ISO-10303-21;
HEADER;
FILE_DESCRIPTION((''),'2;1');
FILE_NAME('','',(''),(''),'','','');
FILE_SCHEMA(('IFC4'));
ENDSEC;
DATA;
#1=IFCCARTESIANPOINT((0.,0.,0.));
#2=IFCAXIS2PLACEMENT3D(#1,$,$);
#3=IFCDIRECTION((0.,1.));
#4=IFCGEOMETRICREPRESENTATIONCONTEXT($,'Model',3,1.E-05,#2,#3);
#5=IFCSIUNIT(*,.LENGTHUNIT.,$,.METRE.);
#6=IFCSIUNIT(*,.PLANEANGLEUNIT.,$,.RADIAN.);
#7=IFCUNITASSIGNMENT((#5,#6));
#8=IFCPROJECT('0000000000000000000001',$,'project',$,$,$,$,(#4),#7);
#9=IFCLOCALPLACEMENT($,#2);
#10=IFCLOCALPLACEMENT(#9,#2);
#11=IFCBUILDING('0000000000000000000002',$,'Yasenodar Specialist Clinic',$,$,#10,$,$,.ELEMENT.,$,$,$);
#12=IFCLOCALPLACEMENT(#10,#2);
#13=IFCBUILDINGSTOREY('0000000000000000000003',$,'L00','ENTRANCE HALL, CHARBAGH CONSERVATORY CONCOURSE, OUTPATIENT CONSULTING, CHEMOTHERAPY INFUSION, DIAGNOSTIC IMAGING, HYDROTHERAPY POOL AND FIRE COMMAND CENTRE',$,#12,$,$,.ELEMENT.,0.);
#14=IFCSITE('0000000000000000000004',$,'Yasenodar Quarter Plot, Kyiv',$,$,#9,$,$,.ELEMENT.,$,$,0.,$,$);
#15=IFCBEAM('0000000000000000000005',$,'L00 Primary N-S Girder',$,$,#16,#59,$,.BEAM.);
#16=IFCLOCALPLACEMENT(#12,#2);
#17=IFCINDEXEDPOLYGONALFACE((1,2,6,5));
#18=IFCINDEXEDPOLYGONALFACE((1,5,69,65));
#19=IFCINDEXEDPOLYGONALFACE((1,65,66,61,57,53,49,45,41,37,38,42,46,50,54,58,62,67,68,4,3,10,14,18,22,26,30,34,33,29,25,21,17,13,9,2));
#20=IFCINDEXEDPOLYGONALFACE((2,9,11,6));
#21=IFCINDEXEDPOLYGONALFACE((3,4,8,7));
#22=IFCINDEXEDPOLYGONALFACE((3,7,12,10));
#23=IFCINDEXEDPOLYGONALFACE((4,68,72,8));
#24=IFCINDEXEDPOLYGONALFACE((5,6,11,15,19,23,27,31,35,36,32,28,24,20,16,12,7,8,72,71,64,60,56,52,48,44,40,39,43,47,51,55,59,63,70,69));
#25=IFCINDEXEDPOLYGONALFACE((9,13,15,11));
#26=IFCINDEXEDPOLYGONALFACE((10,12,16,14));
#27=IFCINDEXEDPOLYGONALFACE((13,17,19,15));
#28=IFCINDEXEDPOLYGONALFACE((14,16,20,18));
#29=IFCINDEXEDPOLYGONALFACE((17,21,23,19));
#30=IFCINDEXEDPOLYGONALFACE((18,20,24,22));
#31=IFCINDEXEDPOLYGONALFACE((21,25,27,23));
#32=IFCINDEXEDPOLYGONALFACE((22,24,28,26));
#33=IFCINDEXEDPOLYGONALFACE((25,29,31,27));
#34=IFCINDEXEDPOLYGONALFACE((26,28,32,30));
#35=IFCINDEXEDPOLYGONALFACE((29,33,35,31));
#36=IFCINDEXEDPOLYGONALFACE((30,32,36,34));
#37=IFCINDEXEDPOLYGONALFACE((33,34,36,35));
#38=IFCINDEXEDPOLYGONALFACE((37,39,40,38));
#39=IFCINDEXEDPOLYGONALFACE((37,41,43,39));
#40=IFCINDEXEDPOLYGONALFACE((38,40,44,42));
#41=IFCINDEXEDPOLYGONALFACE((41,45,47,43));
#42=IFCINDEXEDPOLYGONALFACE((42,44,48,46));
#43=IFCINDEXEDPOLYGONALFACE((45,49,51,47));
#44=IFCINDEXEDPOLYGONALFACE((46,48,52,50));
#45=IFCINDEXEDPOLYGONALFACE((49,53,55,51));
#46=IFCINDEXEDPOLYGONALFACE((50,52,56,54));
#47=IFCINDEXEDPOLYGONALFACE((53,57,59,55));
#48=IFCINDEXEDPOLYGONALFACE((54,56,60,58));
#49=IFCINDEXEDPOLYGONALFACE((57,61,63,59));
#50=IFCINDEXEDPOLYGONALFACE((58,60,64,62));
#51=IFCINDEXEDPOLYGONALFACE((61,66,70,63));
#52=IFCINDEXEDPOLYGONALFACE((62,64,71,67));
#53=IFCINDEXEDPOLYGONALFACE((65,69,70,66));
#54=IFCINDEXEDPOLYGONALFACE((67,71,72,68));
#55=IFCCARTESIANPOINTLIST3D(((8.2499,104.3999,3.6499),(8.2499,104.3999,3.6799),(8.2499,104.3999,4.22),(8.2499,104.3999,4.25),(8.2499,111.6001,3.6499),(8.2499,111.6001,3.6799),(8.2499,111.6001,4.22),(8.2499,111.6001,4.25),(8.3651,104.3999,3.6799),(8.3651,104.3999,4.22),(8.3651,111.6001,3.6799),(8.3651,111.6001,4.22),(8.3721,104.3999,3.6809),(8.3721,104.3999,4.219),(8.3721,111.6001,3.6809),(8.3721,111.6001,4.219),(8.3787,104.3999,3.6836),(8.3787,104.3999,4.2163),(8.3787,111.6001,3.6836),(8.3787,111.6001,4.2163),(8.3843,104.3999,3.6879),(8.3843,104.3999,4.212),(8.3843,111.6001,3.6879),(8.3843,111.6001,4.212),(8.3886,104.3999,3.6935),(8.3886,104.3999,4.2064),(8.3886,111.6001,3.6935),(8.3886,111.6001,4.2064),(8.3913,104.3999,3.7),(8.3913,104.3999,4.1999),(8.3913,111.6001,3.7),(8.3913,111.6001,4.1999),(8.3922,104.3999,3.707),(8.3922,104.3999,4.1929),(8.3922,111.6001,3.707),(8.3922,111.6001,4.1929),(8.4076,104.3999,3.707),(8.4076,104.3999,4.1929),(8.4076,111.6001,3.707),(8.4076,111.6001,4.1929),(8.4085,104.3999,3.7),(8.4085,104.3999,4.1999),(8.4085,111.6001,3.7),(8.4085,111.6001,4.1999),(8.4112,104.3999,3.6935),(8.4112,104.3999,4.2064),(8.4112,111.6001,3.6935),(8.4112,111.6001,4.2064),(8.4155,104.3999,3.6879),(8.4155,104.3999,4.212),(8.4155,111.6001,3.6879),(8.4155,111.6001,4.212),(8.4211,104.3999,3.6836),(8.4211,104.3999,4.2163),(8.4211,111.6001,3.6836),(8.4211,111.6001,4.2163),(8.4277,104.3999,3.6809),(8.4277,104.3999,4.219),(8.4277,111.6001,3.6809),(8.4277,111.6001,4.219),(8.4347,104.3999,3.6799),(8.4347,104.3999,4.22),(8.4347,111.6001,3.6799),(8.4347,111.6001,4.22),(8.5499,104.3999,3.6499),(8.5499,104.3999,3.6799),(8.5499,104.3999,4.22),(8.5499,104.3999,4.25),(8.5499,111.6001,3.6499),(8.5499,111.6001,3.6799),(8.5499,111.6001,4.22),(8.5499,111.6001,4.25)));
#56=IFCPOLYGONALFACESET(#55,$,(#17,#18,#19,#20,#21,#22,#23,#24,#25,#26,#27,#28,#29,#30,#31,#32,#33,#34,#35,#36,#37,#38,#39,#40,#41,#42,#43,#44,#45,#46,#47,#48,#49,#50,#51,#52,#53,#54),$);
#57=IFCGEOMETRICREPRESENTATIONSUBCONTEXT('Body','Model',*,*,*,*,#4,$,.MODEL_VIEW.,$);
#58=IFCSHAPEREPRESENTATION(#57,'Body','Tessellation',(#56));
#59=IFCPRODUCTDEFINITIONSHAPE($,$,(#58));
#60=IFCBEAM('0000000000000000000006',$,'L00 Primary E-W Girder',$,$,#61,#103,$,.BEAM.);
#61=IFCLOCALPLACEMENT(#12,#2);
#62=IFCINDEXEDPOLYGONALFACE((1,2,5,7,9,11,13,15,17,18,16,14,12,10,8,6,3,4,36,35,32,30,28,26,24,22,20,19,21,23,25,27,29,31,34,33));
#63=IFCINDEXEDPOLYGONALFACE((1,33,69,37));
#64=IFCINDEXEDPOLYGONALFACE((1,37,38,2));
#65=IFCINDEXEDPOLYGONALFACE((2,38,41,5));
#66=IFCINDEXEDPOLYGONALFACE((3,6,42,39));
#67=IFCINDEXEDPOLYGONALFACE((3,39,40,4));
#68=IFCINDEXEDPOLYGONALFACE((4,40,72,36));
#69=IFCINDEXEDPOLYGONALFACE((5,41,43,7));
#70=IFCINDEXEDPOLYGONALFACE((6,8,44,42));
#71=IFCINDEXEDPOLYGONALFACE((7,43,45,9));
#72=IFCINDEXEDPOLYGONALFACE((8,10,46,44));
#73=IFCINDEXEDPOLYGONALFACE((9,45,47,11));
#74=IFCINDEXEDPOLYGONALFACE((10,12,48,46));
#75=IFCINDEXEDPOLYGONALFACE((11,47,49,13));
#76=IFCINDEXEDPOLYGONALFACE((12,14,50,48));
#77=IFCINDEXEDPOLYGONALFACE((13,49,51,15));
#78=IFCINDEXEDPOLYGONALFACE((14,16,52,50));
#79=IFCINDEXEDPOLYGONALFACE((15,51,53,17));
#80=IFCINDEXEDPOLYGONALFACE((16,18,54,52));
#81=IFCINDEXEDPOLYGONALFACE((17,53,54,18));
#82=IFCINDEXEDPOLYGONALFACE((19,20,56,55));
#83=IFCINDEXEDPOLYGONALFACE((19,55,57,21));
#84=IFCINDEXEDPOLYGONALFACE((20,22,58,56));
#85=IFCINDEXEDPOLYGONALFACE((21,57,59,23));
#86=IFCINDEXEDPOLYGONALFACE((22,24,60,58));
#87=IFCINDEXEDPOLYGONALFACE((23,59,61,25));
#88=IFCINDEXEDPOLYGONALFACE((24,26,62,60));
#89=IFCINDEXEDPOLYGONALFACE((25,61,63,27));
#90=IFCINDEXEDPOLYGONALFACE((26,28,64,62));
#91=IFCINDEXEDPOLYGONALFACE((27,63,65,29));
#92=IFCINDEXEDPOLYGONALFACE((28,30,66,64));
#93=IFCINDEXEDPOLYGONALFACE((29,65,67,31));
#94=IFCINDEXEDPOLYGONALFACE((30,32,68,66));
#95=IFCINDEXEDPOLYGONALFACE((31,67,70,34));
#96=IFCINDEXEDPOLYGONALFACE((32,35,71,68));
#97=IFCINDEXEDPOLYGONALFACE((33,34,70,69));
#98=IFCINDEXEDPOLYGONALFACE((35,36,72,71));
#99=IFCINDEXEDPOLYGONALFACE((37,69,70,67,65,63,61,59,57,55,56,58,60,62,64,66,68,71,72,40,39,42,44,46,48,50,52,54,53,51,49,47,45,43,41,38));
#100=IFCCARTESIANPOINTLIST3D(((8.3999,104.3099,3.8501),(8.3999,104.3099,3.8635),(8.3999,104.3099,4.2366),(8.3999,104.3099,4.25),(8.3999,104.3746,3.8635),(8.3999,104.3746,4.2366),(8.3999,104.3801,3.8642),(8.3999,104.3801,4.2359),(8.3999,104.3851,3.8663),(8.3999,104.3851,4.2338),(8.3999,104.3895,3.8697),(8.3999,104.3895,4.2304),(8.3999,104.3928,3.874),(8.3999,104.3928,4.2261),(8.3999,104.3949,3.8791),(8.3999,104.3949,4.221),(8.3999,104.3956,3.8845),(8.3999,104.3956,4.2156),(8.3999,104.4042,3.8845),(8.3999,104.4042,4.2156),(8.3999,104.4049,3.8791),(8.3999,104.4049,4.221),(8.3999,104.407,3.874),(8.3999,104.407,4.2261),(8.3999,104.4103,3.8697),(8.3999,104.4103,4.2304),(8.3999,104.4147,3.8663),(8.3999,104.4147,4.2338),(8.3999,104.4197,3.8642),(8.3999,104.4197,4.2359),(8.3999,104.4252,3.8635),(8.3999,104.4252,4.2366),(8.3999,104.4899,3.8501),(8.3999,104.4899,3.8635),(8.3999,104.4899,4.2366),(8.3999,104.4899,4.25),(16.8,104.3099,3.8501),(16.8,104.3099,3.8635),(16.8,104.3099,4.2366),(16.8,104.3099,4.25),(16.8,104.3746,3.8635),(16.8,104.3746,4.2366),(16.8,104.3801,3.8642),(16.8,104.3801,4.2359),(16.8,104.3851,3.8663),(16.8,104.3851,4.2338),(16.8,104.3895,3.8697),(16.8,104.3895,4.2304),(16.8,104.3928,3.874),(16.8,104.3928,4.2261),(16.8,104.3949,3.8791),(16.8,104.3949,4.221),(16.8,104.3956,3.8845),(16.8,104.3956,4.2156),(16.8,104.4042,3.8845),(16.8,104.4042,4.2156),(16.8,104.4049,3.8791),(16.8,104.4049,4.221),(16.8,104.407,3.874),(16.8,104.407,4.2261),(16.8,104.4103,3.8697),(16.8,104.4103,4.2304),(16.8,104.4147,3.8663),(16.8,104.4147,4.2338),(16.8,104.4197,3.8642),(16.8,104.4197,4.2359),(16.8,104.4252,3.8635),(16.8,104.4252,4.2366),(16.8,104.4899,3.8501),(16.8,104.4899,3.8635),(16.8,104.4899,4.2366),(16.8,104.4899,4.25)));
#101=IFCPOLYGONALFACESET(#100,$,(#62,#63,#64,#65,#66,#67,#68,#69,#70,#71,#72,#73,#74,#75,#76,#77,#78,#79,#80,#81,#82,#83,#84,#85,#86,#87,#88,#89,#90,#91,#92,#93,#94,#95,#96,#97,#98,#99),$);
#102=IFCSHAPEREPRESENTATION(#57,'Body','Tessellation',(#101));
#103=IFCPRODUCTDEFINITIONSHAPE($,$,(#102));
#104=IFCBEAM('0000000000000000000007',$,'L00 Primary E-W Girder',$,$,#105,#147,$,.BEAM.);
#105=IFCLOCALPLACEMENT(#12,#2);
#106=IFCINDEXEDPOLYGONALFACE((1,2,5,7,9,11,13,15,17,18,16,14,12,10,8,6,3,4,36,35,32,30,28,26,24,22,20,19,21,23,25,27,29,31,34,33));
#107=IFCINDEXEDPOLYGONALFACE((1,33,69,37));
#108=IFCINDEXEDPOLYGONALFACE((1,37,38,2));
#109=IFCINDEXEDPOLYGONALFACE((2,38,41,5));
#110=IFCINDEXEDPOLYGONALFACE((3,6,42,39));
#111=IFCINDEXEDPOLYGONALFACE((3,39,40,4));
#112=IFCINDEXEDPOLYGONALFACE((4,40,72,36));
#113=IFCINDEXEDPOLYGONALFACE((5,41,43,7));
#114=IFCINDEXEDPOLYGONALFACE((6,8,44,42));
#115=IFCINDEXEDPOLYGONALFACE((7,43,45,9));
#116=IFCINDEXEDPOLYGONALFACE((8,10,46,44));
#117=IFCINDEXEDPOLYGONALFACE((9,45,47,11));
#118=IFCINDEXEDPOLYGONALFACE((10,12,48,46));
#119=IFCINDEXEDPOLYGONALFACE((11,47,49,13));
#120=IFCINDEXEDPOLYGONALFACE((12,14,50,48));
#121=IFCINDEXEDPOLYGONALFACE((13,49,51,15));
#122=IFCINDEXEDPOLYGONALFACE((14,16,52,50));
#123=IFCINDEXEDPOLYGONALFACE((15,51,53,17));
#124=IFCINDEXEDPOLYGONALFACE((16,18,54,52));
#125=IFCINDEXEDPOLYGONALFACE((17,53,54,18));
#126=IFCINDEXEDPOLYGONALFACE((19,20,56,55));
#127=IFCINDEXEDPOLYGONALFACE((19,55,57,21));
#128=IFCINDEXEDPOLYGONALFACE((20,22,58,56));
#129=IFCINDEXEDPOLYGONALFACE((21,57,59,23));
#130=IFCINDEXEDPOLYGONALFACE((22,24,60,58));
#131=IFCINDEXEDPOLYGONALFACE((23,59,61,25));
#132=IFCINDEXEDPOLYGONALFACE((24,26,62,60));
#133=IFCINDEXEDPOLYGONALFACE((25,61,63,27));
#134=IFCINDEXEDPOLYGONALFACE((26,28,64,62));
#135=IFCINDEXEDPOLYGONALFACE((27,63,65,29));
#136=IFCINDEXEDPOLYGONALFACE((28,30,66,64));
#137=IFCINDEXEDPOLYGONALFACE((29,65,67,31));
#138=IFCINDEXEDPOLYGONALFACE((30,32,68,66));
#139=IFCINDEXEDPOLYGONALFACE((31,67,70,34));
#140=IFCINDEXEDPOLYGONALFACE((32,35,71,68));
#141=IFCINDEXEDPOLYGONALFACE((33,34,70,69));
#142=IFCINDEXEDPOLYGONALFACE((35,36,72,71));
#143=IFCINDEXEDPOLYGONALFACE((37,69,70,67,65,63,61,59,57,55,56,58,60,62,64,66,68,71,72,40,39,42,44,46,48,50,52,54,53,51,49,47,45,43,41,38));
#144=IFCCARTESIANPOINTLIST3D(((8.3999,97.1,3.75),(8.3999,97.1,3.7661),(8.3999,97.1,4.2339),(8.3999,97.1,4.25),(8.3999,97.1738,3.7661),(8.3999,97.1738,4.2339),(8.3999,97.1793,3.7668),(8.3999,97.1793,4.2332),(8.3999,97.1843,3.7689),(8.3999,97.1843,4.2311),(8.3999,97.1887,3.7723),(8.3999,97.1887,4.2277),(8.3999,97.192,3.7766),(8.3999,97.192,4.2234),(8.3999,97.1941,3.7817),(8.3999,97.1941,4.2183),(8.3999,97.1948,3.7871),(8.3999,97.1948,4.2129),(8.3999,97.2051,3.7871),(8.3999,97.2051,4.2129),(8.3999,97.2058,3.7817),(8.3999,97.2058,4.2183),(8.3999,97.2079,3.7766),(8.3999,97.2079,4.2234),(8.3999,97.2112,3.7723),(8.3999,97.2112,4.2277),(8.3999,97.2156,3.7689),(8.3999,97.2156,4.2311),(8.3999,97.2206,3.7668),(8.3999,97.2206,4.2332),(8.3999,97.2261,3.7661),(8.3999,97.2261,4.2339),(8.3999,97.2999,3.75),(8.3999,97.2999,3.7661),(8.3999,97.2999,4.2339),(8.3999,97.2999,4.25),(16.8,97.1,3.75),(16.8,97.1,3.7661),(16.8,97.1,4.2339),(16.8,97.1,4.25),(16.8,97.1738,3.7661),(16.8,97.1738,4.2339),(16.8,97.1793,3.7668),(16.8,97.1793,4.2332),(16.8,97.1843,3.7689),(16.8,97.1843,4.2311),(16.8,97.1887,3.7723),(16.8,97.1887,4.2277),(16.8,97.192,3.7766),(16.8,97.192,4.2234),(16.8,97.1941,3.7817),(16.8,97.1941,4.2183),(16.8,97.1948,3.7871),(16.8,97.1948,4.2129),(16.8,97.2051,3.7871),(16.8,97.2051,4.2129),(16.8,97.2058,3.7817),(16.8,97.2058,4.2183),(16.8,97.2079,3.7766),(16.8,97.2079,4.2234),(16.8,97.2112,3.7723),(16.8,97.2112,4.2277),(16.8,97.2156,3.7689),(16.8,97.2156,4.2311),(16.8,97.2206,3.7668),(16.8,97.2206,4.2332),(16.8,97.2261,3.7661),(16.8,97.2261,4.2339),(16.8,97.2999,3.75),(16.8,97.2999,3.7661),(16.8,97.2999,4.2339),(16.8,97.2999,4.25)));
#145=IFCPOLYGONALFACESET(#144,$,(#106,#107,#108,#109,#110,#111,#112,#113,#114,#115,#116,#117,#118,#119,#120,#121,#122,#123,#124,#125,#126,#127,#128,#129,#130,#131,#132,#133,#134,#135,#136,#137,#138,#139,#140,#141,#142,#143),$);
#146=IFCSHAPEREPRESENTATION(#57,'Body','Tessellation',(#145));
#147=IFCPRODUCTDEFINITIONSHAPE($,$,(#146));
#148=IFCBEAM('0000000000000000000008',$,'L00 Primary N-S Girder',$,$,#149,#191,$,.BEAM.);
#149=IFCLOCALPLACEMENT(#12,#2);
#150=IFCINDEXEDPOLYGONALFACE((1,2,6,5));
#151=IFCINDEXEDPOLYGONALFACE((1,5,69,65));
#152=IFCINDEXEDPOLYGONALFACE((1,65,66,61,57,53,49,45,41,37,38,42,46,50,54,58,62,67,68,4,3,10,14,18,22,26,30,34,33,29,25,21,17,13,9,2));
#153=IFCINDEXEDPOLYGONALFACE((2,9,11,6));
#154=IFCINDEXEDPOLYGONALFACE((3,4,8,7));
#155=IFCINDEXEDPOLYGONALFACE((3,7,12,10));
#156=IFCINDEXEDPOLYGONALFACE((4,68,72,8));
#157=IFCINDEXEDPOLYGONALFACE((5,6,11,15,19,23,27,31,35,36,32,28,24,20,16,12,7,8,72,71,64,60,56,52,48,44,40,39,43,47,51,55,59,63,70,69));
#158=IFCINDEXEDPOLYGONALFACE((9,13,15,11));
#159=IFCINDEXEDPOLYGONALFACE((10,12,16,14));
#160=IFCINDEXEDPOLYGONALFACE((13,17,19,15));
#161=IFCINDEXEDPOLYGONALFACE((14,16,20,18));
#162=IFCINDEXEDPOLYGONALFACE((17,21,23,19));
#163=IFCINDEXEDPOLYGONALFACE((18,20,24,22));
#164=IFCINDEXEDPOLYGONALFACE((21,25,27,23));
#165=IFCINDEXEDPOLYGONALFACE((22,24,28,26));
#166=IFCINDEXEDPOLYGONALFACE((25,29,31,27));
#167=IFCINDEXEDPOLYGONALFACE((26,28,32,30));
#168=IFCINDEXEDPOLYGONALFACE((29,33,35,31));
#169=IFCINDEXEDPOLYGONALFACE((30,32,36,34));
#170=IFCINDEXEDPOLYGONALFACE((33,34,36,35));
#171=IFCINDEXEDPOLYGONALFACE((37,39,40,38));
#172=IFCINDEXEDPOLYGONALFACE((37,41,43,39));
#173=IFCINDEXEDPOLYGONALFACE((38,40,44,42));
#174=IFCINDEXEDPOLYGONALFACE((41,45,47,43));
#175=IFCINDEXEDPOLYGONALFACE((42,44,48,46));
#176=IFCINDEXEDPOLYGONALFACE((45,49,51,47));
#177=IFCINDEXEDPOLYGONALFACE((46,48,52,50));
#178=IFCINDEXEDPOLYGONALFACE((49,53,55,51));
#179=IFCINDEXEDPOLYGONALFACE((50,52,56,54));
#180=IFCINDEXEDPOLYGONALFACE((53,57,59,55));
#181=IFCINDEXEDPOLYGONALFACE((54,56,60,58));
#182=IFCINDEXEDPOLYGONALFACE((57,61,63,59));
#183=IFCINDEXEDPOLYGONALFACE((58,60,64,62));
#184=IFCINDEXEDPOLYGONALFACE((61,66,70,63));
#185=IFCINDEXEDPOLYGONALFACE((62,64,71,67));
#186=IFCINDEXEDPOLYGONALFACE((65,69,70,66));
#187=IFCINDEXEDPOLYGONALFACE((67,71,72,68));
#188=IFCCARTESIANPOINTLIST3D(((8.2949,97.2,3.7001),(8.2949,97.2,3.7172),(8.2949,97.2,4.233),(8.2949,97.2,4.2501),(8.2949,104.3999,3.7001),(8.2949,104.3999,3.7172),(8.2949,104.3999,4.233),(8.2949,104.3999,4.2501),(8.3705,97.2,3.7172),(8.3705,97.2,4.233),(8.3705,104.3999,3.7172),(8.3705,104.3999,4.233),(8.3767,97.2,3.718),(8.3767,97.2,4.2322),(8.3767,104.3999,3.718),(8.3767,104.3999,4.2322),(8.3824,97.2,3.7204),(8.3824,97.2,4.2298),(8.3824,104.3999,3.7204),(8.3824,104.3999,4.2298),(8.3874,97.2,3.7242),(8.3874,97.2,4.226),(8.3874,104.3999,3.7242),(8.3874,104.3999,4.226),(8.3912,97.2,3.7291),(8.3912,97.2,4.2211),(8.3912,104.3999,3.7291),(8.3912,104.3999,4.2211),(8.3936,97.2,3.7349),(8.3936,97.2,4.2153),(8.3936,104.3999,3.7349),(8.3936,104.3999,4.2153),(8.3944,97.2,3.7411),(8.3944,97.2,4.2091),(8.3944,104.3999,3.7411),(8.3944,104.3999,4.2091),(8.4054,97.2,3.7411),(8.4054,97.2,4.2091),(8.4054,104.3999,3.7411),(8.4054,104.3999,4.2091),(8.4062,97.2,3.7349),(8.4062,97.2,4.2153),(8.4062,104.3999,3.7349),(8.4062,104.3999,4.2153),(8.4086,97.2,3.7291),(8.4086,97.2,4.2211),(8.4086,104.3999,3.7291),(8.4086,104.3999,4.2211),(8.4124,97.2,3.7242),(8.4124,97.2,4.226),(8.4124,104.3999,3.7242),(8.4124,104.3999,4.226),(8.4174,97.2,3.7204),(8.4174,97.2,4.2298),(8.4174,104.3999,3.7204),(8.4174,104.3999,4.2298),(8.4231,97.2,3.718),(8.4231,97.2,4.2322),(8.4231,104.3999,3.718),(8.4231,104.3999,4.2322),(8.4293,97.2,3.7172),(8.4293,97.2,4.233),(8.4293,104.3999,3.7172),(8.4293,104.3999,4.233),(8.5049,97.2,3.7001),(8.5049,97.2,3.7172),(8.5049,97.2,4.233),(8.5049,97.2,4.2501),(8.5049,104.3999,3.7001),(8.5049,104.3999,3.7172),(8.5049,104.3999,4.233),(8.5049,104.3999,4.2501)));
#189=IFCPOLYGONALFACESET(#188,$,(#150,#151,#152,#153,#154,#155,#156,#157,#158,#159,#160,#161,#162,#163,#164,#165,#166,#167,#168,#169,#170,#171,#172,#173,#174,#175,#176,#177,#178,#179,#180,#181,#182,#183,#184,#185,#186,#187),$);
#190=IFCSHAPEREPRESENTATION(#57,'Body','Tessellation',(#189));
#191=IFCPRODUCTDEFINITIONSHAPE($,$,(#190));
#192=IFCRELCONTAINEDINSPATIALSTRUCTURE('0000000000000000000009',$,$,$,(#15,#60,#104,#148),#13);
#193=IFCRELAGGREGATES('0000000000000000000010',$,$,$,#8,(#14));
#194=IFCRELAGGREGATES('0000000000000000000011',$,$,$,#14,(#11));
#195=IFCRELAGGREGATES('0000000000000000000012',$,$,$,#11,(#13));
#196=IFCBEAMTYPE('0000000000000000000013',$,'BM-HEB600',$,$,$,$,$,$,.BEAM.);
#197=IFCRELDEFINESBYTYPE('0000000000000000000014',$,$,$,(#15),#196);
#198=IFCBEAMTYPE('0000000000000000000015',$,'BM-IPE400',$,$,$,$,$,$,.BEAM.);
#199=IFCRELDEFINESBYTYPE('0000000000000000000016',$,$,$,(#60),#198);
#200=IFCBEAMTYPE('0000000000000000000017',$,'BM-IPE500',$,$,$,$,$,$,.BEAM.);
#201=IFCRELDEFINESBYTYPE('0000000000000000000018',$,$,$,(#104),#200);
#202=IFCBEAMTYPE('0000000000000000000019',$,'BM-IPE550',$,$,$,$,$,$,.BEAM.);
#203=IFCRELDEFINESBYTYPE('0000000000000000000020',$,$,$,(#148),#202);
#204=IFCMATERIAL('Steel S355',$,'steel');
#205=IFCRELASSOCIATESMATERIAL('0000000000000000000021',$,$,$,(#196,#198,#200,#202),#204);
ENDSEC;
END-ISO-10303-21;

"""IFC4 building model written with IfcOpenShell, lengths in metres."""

from ifc_helpers import new_model, si_unit, direction, frame, origin, origin_2d, place, context, subcontext, project, spatial, i_section, extrude, material, material_profile, profile_set, type_object, element, save


model = new_model("IFC4")

# Units and contexts
model_context = context("Model", 3, precision=1e-05, world=origin(), true_north=direction((0.0, 1.0)))
body_context = subcontext(model_context, "Body", "Model", "MODEL_VIEW")
ifc_project = project(units=[si_unit("LENGTHUNIT", "METRE"), si_unit("PLANEANGLEUNIT", "RADIAN")], contexts=[model_context])

# Site, building, storey
site_placement = place(None, origin())
site = spatial("IfcSite", under=ifc_project, at=site_placement, Name="Yasenodar Quarter Plot, Kyiv", CompositionType="ELEMENT", RefElevation=0.0)
building_placement = place(site_placement, origin())
building = spatial("IfcBuilding", under=site, at=building_placement, Name="Yasenodar Specialist Clinic", CompositionType="ELEMENT")
storey_placement = place(building_placement, origin())
storey = spatial("IfcBuildingStorey", under=building, at=storey_placement, Name="L00", Description="ENTRANCE HALL, CHARBAGH CONSERVATORY CONCOURSE, OUTPATIENT CONSULTING, CHEMOTHERAPY INFUSION, DIAGNOSTIC IMAGING, HYDROTHERAPY POOL AND FIRE COMMAND CENTRE", CompositionType="ELEMENT", Elevation=0.0)

# Shared definitions
ifc_material_1 = material(Name="Steel S355", Category="steel")

# Beams
ifc_material_profile_1 = material_profile(ifc_material_1, i_section(OverallWidth=0.3, OverallDepth=0.6001, WebThickness=0.0154, FlangeThickness=0.03, FilletRadius=0.0271, at=origin_2d()), Name="HEB 600")
ifc_profile_set_1 = profile_set([ifc_material_profile_1], Name="Steel S355")
beam_type_1 = type_object("IfcBeamType", Name="BM-HEB600", PredefinedType="BEAM", material=ifc_profile_set_1)
beam_1_placement = place(storey_placement, frame((8.3999, 104.3999, 3.95), z_axis=(0.0, 1.0, 0.0), x_axis=(-1.0, 0.0, 0.0)))
element("IfcBeam", 1, at=beam_1_placement, inside=storey, type_object=beam_type_1, Name="L00 Primary N-S Girder", PredefinedType="BEAM", context=body_context, shape_type="SweptSolid", body=[
    extrude(i_section(OverallWidth=0.3, OverallDepth=0.6001, WebThickness=0.0154, FlangeThickness=0.03, FilletRadius=0.0271, at=origin_2d()), origin(), (0.0, 0.0, 1.0), 7.2002),
])
ifc_material_profile_2 = material_profile(ifc_material_1, i_section(OverallWidth=0.1799, OverallDepth=0.3999, WebThickness=0.0085, FlangeThickness=0.0134, FilletRadius=0.021, at=origin_2d()), Name="IPE 400")
ifc_profile_set_2 = profile_set([ifc_material_profile_2], Name="Steel S355")
beam_type_2 = type_object("IfcBeamType", Name="BM-IPE400", PredefinedType="BEAM", material=ifc_profile_set_2)
beam_2_placement = place(storey_placement, frame((8.3999, 104.3999, 4.05), z_axis=(1.0, 0.0, 0.0), x_axis=(0.0, 1.0, 0.0)))
element("IfcBeam", 2, at=beam_2_placement, inside=storey, type_object=beam_type_2, Name="L00 Primary E-W Girder", PredefinedType="BEAM", context=body_context, shape_type="SweptSolid", body=[
    extrude(i_section(OverallWidth=0.1799, OverallDepth=0.3999, WebThickness=0.0085, FlangeThickness=0.0134, FilletRadius=0.021, at=origin_2d()), origin(), (0.0, 0.0, 1.0), 8.4001),
])
ifc_material_profile_3 = material_profile(ifc_material_1, i_section(OverallWidth=0.2, OverallDepth=0.5, WebThickness=0.0103, FlangeThickness=0.0161, FilletRadius=0.021, at=origin_2d()), Name="IPE 500")
ifc_profile_set_3 = profile_set([ifc_material_profile_3], Name="Steel S355")
beam_type_3 = type_object("IfcBeamType", Name="BM-IPE500", PredefinedType="BEAM", material=ifc_profile_set_3)
beam_3_placement = place(storey_placement, frame((8.3999, 97.2, 4.0), z_axis=(1.0, 0.0, 0.0), x_axis=(0.0, 1.0, 0.0)))
element("IfcBeam", 3, at=beam_3_placement, inside=storey, type_object=beam_type_3, Name="L00 Primary E-W Girder", PredefinedType="BEAM", context=body_context, shape_type="SweptSolid", body=[
    extrude(i_section(OverallWidth=0.2, OverallDepth=0.5, WebThickness=0.0103, FlangeThickness=0.0161, FilletRadius=0.021, at=origin_2d()), origin(), (0.0, 0.0, 1.0), 8.4001),
])
ifc_material_profile_4 = material_profile(ifc_material_1, i_section(OverallWidth=0.21, OverallDepth=0.55, WebThickness=0.011, FlangeThickness=0.0171, FilletRadius=0.0239, at=origin_2d()), Name="IPE 550")
ifc_profile_set_4 = profile_set([ifc_material_profile_4], Name="Steel S355")
beam_type_4 = type_object("IfcBeamType", Name="BM-IPE550", PredefinedType="BEAM", material=ifc_profile_set_4)
beam_4_placement = place(storey_placement, frame((8.3999, 97.2, 3.9751), z_axis=(0.0, 1.0, 0.0), x_axis=(-1.0, 0.0, 0.0)))
element("IfcBeam", 4, at=beam_4_placement, inside=storey, type_object=beam_type_4, Name="L00 Primary N-S Girder", PredefinedType="BEAM", context=body_context, shape_type="SweptSolid", body=[
    extrude(i_section(OverallWidth=0.21, OverallDepth=0.55, WebThickness=0.011, FlangeThickness=0.0171, FilletRadius=0.0239, at=origin_2d()), origin(), (0.0, 0.0, 1.0), 7.2),
])

save(model, "model.ifc")
